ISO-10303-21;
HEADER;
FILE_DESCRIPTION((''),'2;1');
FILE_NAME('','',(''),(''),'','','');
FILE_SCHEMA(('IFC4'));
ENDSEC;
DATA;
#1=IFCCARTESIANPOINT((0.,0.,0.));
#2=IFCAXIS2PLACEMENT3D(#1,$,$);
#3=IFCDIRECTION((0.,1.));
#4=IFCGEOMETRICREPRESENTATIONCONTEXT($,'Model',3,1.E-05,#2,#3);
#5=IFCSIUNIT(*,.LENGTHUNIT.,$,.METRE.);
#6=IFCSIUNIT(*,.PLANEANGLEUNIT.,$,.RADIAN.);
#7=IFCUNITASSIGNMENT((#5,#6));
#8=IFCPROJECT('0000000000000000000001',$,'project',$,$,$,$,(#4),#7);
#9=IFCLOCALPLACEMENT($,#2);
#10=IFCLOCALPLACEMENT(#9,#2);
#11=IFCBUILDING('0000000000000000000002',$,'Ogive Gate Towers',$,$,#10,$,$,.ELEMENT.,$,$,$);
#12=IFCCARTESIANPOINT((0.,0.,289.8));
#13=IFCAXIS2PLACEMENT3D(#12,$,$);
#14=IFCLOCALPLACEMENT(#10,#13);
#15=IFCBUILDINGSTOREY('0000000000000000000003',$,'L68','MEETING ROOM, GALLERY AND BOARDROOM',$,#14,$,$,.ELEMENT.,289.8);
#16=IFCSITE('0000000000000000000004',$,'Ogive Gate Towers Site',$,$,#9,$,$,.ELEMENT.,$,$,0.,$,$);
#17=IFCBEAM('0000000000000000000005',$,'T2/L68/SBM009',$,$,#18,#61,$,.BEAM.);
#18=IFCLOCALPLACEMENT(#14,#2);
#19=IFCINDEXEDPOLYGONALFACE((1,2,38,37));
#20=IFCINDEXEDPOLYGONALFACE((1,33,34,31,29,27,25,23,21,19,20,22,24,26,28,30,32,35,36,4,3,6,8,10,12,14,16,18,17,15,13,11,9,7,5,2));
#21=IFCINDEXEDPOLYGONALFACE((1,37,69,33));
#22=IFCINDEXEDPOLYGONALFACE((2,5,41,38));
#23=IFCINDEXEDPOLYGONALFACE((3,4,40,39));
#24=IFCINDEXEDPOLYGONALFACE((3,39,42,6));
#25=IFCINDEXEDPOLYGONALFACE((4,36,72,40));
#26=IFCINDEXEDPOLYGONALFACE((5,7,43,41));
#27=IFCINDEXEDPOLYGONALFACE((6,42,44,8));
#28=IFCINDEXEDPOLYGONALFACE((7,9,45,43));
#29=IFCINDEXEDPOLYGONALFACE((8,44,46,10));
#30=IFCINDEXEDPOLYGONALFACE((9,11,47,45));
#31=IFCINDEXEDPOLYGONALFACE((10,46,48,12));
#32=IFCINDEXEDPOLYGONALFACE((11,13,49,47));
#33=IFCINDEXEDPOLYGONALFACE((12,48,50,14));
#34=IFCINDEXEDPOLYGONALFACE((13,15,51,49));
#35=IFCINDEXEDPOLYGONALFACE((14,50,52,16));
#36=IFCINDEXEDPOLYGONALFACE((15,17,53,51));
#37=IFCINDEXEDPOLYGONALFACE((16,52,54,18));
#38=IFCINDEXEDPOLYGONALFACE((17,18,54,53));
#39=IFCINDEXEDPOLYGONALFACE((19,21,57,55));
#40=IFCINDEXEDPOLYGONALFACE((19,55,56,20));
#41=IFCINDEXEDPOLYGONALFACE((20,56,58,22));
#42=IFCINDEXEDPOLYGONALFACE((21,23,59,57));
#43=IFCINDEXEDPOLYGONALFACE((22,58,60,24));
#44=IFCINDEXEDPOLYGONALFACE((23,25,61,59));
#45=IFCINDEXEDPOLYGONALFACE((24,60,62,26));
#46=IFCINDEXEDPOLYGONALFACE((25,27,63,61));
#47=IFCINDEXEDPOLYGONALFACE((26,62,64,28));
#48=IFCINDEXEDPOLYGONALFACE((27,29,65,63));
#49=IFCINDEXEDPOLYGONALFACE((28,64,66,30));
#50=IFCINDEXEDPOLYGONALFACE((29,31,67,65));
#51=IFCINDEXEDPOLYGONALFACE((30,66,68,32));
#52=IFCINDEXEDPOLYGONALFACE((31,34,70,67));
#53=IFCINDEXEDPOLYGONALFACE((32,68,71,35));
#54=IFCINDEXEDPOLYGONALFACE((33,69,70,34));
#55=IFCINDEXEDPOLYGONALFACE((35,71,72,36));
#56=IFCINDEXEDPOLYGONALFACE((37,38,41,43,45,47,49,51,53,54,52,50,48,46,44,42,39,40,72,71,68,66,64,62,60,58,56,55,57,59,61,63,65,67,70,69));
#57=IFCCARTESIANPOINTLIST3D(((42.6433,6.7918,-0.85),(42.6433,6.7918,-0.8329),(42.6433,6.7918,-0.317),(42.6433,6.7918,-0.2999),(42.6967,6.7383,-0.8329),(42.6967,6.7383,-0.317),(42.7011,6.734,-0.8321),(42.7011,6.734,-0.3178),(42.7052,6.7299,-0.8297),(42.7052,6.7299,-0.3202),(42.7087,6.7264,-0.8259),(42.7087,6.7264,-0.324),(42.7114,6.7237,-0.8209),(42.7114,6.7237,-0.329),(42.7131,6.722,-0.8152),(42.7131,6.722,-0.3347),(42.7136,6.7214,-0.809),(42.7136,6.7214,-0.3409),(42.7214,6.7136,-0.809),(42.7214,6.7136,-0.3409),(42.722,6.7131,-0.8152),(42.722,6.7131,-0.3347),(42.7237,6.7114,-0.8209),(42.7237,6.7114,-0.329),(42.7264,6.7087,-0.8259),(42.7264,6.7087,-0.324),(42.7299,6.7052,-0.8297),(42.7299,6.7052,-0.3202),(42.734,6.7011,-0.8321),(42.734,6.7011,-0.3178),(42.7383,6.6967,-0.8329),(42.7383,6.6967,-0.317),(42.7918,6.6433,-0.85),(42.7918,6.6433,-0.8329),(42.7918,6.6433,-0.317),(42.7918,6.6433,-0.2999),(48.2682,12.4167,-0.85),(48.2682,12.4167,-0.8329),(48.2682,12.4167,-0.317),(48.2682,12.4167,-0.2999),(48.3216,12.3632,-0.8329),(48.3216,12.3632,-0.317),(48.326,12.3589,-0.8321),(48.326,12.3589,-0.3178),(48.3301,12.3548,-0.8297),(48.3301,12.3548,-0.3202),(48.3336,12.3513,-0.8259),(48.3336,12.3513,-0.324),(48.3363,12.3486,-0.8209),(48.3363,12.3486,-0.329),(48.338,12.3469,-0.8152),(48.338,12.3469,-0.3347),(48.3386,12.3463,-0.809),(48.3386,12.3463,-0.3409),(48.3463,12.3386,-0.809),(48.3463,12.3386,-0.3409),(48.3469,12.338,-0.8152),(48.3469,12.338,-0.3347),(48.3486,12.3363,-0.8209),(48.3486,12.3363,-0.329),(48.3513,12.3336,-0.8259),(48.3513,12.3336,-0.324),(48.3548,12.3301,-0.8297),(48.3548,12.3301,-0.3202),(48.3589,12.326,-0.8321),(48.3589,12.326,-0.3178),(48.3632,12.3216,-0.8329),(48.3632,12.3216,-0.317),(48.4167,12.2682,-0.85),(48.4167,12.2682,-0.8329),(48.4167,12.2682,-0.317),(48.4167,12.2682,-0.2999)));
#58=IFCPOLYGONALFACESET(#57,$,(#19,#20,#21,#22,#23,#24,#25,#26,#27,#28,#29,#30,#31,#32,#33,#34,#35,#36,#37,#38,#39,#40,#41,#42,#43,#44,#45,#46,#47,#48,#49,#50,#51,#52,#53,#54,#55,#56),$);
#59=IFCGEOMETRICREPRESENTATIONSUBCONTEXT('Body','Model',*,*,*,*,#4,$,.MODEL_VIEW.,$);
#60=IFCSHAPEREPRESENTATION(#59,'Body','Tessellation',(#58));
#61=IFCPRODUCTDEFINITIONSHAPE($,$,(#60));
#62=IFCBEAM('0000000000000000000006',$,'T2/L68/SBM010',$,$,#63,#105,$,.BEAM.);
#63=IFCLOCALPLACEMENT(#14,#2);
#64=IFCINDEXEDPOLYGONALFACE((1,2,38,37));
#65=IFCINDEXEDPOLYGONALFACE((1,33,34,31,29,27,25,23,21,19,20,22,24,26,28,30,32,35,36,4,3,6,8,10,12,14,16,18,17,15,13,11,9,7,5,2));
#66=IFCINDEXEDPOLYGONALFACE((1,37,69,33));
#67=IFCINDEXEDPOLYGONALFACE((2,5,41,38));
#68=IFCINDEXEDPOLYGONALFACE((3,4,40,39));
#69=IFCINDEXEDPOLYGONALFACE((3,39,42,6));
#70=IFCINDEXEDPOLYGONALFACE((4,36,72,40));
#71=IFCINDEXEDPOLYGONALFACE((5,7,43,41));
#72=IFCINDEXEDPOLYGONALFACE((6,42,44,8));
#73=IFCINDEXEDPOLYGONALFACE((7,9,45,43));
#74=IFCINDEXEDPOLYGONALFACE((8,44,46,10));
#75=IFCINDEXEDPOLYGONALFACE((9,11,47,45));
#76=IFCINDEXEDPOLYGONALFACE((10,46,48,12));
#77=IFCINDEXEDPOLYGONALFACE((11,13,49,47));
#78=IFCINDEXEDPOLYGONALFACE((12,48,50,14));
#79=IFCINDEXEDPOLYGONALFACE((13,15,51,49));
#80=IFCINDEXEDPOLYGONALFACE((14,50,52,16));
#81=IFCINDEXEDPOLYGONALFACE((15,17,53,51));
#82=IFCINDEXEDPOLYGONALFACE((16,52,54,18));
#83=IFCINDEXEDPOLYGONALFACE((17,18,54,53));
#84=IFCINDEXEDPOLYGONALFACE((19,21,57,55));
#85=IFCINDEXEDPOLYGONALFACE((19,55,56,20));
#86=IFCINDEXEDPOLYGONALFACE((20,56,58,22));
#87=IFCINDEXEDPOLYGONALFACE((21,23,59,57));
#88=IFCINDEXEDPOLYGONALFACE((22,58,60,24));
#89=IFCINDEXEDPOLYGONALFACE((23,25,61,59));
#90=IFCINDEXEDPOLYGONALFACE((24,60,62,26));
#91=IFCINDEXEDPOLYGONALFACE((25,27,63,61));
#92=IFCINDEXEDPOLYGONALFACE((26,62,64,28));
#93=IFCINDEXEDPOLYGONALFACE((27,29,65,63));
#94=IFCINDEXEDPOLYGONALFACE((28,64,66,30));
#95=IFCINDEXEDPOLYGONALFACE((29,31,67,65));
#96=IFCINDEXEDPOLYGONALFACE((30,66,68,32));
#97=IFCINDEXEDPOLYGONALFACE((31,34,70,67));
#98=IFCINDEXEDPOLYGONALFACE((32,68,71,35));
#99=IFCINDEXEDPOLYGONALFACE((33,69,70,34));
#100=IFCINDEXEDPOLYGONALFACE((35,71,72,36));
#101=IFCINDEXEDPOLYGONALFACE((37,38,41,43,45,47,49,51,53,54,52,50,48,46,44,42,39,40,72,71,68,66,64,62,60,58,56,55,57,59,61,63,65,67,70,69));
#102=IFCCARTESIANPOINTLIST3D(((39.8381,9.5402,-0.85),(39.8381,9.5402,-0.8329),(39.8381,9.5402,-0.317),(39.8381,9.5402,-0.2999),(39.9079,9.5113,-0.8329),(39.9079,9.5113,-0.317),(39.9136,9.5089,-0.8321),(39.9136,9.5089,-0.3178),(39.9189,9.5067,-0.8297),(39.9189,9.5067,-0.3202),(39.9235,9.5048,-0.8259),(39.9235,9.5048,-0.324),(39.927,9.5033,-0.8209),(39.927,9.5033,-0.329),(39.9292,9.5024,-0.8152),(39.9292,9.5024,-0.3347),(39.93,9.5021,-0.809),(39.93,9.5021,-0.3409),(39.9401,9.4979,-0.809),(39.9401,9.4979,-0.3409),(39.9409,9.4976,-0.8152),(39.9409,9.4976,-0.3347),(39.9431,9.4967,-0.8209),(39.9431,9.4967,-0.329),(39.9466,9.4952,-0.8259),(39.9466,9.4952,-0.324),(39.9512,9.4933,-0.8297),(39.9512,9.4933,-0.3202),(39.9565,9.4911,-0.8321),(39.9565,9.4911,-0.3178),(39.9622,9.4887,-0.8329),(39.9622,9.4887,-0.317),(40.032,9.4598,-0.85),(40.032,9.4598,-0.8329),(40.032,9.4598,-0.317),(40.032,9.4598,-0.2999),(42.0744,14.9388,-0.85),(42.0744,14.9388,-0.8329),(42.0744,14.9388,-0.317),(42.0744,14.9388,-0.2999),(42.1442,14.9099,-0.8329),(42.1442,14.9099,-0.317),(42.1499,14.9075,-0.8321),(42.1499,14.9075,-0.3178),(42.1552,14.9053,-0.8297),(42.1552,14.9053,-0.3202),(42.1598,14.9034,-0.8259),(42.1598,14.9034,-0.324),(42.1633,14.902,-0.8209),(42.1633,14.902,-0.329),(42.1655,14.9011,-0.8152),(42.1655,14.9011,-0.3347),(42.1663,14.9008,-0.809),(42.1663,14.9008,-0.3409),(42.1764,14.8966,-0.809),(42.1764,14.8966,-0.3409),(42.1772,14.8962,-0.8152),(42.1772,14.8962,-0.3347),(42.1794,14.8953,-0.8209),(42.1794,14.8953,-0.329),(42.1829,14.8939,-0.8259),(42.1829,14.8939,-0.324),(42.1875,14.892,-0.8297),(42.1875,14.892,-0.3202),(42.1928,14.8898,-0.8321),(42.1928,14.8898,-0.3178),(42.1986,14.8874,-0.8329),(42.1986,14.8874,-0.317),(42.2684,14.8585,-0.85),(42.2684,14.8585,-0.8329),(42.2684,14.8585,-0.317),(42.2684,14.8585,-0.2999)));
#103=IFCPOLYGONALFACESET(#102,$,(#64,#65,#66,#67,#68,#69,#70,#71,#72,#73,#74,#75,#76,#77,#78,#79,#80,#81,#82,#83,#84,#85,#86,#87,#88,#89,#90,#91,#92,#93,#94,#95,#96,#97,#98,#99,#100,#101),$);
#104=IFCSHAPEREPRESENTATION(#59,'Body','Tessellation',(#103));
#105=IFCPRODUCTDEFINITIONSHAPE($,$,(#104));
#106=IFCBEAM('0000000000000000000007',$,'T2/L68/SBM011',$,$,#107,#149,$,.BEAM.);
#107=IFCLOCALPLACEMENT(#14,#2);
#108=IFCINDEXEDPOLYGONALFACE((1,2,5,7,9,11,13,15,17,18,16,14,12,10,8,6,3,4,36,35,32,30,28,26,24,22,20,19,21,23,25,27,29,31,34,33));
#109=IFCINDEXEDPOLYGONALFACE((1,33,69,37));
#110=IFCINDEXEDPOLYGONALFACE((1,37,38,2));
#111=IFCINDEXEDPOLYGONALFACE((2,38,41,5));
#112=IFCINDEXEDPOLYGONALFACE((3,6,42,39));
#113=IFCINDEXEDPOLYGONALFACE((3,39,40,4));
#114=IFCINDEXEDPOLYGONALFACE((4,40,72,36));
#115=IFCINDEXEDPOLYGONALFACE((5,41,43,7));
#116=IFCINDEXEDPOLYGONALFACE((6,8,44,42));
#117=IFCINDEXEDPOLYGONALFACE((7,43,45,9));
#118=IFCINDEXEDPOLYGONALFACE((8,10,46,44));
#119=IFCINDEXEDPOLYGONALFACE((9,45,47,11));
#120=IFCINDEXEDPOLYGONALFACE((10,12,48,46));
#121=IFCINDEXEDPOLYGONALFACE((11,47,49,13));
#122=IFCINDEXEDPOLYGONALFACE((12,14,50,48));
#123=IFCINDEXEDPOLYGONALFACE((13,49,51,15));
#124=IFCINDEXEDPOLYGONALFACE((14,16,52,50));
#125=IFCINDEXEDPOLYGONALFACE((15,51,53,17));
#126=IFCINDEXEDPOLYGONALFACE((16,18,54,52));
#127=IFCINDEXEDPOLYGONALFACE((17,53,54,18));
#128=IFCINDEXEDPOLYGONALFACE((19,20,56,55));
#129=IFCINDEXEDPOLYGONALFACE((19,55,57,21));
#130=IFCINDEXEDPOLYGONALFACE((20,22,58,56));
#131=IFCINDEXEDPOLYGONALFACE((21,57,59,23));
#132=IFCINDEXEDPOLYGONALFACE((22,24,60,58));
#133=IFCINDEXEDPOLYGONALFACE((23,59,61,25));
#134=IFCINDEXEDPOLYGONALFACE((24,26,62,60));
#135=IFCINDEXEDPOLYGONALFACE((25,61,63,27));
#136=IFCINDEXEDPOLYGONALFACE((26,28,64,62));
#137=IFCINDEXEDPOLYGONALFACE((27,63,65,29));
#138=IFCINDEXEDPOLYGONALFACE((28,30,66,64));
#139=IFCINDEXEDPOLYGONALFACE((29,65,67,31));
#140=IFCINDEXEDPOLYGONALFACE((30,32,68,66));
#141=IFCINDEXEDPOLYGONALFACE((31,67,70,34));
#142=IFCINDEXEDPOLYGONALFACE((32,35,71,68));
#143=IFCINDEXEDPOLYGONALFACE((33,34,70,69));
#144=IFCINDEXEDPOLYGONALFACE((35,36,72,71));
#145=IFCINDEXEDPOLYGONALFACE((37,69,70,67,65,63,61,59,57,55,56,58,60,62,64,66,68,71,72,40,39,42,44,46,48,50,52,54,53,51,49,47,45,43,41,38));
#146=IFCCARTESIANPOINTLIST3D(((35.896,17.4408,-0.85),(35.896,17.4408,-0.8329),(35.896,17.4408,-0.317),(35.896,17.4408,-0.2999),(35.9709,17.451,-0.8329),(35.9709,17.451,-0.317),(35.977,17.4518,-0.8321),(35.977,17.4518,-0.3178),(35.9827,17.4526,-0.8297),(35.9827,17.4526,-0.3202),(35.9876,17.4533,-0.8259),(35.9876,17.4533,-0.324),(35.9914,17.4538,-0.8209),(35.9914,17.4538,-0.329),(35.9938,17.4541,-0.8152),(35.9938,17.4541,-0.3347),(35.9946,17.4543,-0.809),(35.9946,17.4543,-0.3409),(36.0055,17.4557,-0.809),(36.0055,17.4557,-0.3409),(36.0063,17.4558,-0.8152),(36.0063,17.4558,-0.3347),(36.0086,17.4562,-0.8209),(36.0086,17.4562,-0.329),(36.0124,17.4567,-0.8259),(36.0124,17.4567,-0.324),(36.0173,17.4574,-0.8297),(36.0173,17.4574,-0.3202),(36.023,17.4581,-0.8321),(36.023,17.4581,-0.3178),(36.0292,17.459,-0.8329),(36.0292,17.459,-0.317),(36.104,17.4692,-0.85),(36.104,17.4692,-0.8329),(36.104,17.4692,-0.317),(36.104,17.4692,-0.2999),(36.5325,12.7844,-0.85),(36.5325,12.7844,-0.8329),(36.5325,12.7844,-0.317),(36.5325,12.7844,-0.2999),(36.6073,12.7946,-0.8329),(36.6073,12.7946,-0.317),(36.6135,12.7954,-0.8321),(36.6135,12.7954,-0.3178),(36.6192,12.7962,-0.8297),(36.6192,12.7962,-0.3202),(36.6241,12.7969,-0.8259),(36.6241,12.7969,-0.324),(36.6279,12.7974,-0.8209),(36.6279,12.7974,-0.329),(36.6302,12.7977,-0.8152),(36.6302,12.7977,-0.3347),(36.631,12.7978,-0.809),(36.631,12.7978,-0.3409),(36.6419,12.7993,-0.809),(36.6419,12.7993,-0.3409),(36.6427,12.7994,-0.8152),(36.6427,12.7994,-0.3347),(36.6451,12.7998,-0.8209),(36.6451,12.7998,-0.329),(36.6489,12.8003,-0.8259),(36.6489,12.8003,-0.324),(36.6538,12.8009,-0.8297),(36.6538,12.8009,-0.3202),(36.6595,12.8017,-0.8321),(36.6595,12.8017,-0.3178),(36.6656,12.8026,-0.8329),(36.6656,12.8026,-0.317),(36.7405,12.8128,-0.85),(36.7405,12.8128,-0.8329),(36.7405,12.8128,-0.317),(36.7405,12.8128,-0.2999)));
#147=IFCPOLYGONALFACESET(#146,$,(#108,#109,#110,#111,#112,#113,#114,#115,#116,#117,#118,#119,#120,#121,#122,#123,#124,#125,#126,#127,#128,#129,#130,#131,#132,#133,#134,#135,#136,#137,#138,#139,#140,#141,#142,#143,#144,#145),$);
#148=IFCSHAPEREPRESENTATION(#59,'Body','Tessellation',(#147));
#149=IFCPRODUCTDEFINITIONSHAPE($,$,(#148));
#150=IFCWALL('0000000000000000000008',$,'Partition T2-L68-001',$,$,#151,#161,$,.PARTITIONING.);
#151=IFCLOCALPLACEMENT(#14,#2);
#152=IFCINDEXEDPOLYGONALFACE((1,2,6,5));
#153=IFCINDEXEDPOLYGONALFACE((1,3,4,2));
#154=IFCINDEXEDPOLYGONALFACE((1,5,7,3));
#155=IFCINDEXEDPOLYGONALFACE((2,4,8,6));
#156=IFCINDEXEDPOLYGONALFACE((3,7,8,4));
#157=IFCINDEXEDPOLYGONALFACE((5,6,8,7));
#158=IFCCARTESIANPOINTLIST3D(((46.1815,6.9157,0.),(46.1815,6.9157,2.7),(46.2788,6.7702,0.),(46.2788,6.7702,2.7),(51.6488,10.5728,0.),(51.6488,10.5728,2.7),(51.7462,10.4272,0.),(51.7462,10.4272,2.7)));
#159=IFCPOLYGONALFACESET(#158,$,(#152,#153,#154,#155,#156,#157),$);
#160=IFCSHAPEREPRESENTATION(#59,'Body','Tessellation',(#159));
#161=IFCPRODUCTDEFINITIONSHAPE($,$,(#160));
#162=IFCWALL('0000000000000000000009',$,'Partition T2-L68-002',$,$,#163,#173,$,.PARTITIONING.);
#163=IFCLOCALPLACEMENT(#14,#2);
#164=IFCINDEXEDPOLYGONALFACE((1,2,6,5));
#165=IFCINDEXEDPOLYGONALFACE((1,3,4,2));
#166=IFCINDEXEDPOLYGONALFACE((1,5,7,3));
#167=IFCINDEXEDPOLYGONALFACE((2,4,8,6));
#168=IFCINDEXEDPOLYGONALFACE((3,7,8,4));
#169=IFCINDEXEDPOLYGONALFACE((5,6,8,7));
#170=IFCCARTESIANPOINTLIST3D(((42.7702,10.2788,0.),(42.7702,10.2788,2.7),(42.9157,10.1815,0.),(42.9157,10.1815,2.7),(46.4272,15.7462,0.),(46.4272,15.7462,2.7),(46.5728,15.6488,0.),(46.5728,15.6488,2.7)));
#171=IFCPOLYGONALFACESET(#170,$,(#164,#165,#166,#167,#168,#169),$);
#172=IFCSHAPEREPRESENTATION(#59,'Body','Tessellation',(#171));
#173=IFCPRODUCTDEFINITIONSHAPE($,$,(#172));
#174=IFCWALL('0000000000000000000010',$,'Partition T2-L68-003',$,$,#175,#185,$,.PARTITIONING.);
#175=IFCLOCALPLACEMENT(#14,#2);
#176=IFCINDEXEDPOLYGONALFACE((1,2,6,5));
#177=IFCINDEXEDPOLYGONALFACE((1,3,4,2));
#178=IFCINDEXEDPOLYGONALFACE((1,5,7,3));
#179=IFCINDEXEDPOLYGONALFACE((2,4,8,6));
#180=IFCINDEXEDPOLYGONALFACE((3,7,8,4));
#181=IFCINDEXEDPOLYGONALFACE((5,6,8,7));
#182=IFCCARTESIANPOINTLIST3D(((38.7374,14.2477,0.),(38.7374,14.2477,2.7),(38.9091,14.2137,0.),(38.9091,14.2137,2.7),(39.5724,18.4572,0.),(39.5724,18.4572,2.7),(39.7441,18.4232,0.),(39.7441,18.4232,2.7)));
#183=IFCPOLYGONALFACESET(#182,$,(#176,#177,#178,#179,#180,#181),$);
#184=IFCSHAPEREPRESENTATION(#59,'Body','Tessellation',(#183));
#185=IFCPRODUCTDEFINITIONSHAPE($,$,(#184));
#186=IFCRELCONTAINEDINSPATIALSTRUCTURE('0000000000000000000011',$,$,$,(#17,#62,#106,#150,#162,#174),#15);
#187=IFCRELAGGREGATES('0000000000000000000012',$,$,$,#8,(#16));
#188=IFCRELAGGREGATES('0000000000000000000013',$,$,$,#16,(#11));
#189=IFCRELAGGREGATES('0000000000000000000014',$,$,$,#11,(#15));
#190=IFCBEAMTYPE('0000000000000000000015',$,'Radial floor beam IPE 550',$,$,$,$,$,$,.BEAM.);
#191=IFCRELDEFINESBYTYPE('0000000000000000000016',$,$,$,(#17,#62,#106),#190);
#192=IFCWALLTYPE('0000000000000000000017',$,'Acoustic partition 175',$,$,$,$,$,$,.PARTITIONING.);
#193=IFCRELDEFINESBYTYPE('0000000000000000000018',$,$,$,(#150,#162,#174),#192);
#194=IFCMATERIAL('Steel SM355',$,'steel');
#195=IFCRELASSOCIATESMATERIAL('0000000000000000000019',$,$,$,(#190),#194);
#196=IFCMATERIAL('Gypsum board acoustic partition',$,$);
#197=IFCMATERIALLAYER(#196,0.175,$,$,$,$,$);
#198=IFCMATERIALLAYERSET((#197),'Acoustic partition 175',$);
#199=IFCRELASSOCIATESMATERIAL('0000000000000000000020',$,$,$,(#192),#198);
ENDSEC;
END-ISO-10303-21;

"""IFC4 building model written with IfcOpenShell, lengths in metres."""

from ifc_helpers import new_model, si_unit, direction, frame, frame_2d, origin, origin_2d, place, context, subcontext, project, spatial, rectangle, i_section, extrude, material, layer, layer_set, material_profile, profile_set, type_object, element, save


model = new_model("IFC4")

# Units and contexts
model_context = context("Model", 3, precision=1e-05, world=origin(), true_north=direction((0.0, 1.0)))
body_context = subcontext(model_context, "Body", "Model", "MODEL_VIEW")
ifc_project = project(units=[si_unit("LENGTHUNIT", "METRE"), si_unit("PLANEANGLEUNIT", "RADIAN")], contexts=[model_context])

# Site, building, storey
site_placement = place(None, origin())
site = spatial("IfcSite", under=ifc_project, at=site_placement, Name="Ogive Gate Towers Site", CompositionType="ELEMENT", RefElevation=0.0)
building_placement = place(site_placement, origin())
building = spatial("IfcBuilding", under=site, at=building_placement, Name="Ogive Gate Towers", CompositionType="ELEMENT")
storey_placement = place(building_placement, frame((0.0, 0.0, 289.8)))
storey = spatial("IfcBuildingStorey", under=building, at=storey_placement, Name="L68", Description="MEETING ROOM, GALLERY AND BOARDROOM", CompositionType="ELEMENT", Elevation=289.8)

# Beams
ifc_material_1 = material(Name="Steel SM355", Category="steel")
ifc_material_profile_1 = material_profile(ifc_material_1, i_section(OverallWidth=0.21, OverallDepth=0.55, WebThickness=0.011, FlangeThickness=0.0171, FilletRadius=0.0239, at=origin_2d()), Name="IPE 550")
ifc_profile_set_1 = profile_set([ifc_material_profile_1], Name="Steel SM355")
beam_type_1 = type_object("IfcBeamType", Name="Radial floor beam IPE 550", PredefinedType="BEAM", material=ifc_profile_set_1)
beam_1_placement = place(storey_placement, frame((42.7175, 6.7175, -0.575), z_axis=(0.707107, 0.707107, 0.0), x_axis=(-0.707107, 0.707107, 0.0)))
element("IfcBeam", 1, at=beam_1_placement, inside=storey, type_object=beam_type_1, Name="T2/L68/SBM009", PredefinedType="BEAM", context=body_context, shape_type="SweptSolid", body=[
    extrude(i_section(OverallWidth=0.21, OverallDepth=0.55, WebThickness=0.011, FlangeThickness=0.0171, FilletRadius=0.0239, at=origin_2d()), origin(), (0.0, 0.0, 1.0), 7.9548),
])
beam_2_placement = place(storey_placement, frame((39.9351, 9.5, -0.575), z_axis=(0.382701, 0.923872, 0.0), x_axis=(-0.923872, 0.382701, 0.0)))
element("IfcBeam", 2, at=beam_2_placement, inside=storey, type_object=beam_type_1, Name="T2/L68/SBM010", PredefinedType="BEAM", context=body_context, shape_type="SweptSolid", body=[
    extrude(i_section(OverallWidth=0.21, OverallDepth=0.55, WebThickness=0.011, FlangeThickness=0.0171, FilletRadius=0.0239, at=origin_2d()), origin(), (0.0, 0.0, 1.0), 5.8435),
])
beam_3_placement = place(storey_placement, frame((36.6365, 12.7986, -0.575), z_axis=(-0.135426, 0.990787, 0.0), x_axis=(-0.990787, -0.135426, 0.0)))
element("IfcBeam", 3, at=beam_3_placement, inside=storey, type_object=beam_type_1, Name="T2/L68/SBM011", PredefinedType="BEAM", context=body_context, shape_type="SweptSolid", body=[
    extrude(i_section(OverallWidth=0.21, OverallDepth=0.55, WebThickness=0.011, FlangeThickness=0.0171, FilletRadius=0.0239, at=origin_2d()), origin(), (0.0, 0.0, 1.0), 4.6997),
])

# Walls
ifc_material_2 = material(Name="Gypsum board acoustic partition")
ifc_layer_1 = layer(ifc_material_2, 0.175)
ifc_layer_set_1 = layer_set([ifc_layer_1], Name="Acoustic partition 175")
wall_type_1 = type_object("IfcWallType", Name="Acoustic partition 175", PredefinedType="PARTITIONING", material=ifc_layer_set_1)
for number, where, z_axis, x_axis, name in (
    (4, (51.6975, 10.5, 0.0), (0.0, 0.0, 1.0), (-0.831198, -0.555976, 0.0), "Partition T2-L68-001"),
    (5, (46.5, 15.6975, 0.0), (0.0, 0.0, 1.0), (-0.555976, -0.831198, 0.0), "Partition T2-L68-002"),
):
    element("IfcWall", number, at=place(storey_placement, frame(where, z_axis=z_axis, x_axis=x_axis)), inside=storey, type_object=wall_type_1, Name=name, PredefinedType="PARTITIONING", context=body_context, shape_type="SweptSolid", body=[
        extrude(rectangle(XDim=6.5776, YDim=0.175, at=frame_2d((3.2888, 0.0))), origin(), (0.0, 0.0, 1.0), 2.7),
    ])
wall_1_placement = place(storey_placement, frame((39.6582, 18.4402, 0.0), z_axis=(0.0, 0.0, 1.0), x_axis=(-0.194562, -0.98089, 0.0)))
element("IfcWall", 6, at=wall_1_placement, inside=storey, type_object=wall_type_1, Name="Partition T2-L68-003", PredefinedType="PARTITIONING", context=body_context, shape_type="SweptSolid", body=[
    extrude(rectangle(XDim=4.2915, YDim=0.175, at=frame_2d((2.1458, 0.0))), origin(), (0.0, 0.0, 1.0), 2.7),
])

save(model, "model.ifc")
